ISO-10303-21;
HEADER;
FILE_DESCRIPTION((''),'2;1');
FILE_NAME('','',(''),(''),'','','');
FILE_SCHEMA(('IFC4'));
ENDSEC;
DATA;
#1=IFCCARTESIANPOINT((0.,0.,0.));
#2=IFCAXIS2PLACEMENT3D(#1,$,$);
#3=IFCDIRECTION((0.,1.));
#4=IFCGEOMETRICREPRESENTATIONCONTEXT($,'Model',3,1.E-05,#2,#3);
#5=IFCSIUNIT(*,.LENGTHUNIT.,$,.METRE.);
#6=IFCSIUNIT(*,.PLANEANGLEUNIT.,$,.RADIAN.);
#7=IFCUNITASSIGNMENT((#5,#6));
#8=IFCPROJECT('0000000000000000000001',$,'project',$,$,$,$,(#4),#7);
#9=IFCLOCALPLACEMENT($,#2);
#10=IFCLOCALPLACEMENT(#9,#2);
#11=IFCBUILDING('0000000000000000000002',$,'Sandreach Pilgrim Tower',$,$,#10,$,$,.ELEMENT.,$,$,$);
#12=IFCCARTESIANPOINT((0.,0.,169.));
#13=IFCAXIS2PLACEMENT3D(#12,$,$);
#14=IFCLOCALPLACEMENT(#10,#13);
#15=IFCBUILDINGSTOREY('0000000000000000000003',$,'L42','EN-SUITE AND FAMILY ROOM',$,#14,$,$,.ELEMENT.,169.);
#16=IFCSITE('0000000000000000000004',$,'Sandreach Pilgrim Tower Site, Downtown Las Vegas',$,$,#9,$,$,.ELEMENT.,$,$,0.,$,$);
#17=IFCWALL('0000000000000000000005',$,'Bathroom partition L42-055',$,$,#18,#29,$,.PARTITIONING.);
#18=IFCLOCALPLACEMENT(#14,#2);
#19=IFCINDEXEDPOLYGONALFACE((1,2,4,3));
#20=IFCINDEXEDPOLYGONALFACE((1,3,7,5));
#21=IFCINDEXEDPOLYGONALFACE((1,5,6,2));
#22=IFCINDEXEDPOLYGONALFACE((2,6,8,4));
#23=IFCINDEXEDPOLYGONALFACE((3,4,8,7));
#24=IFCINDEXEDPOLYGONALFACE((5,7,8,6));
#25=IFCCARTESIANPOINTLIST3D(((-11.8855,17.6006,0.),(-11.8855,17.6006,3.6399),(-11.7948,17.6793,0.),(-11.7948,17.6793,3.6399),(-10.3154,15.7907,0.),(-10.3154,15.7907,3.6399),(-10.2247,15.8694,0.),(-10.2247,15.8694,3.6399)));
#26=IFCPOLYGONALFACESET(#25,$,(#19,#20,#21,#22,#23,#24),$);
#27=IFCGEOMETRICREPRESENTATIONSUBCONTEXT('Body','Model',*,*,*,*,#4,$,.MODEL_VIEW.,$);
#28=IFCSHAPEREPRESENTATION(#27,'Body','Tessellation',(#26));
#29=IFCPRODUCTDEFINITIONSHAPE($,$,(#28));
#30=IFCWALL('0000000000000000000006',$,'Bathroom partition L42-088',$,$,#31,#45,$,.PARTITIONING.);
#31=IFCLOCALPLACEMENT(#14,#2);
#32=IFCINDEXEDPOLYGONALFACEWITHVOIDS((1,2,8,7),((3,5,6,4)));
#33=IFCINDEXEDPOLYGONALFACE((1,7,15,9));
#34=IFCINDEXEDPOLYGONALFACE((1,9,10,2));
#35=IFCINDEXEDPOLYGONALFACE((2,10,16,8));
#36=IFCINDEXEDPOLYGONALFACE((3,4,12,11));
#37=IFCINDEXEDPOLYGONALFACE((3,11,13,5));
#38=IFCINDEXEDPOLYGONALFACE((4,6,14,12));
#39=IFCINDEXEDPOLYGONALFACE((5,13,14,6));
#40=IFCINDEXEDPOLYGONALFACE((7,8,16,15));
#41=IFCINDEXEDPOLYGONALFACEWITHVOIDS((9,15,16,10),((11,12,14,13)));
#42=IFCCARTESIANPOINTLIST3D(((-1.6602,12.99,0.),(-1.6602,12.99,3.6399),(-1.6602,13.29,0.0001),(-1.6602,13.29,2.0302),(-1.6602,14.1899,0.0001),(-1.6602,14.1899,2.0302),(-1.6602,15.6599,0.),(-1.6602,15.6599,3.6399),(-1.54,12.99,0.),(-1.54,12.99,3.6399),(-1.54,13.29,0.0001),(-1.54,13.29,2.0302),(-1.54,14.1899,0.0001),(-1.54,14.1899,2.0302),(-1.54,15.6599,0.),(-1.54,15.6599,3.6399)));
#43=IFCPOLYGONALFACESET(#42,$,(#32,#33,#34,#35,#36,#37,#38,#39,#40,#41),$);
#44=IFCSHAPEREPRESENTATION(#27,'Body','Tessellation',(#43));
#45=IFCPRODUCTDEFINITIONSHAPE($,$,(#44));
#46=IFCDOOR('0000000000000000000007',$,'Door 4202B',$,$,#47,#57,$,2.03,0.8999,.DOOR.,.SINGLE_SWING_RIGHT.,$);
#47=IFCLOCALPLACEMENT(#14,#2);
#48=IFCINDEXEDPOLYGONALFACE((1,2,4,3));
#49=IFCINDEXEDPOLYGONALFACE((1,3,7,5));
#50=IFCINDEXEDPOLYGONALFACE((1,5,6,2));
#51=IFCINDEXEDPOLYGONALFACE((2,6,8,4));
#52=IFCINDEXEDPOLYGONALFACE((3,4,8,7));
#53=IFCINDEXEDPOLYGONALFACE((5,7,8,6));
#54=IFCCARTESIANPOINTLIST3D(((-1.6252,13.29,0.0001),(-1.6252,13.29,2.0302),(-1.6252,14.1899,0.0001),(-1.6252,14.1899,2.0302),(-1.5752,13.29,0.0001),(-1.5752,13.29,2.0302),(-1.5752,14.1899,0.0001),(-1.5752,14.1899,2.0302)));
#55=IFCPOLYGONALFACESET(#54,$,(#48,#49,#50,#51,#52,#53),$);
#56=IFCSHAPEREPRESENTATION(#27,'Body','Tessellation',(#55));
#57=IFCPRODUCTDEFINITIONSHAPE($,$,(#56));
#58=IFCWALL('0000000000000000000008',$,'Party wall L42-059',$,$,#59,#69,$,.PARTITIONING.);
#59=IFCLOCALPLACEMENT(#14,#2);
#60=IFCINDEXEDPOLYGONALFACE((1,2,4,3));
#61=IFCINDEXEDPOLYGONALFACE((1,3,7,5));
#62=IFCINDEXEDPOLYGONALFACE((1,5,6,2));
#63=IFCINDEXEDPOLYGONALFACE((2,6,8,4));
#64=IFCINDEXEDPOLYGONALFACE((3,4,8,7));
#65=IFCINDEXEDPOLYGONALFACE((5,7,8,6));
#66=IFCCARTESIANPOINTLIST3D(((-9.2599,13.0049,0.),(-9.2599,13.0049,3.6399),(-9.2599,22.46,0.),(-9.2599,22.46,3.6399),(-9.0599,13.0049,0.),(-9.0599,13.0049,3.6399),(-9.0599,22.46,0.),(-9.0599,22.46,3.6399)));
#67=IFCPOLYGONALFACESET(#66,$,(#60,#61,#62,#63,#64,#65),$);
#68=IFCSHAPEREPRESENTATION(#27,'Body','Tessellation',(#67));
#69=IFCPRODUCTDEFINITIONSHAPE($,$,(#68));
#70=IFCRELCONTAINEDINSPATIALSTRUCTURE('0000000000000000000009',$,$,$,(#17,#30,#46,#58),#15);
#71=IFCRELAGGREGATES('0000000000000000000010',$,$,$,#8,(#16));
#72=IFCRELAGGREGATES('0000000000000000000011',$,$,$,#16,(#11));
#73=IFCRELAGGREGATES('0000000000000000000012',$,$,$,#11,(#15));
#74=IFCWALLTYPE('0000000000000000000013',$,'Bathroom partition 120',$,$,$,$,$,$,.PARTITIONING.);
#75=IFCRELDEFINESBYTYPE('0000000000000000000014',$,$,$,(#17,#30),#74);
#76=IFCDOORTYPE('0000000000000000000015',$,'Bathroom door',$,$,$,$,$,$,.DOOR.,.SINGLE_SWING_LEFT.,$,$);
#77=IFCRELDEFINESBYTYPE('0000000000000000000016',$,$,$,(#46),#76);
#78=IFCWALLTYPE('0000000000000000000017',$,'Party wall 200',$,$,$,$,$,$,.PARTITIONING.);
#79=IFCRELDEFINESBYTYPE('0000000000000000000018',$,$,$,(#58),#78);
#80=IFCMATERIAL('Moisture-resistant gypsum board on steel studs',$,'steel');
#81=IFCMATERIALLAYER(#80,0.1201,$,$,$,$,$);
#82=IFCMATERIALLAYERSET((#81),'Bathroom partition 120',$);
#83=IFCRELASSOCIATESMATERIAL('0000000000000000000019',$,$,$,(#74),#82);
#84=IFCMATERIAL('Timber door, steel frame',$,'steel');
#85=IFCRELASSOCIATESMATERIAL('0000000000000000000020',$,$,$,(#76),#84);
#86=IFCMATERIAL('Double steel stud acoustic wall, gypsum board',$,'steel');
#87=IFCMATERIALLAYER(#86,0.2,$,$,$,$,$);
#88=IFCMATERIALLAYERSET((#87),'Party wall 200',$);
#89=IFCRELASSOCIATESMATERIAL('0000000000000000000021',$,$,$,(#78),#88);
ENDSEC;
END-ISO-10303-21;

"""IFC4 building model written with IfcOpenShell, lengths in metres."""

from ifc_helpers import new_model, si_unit, direction, frame, frame_2d, origin, place, context, subcontext, project, spatial, rectangle, extrude, material, layer, layer_set, type_object, element, fill, save


model = new_model("IFC4")

# Units and contexts
model_context = context("Model", 3, precision=1e-05, world=origin(), true_north=direction((0.0, 1.0)))
body_context = subcontext(model_context, "Body", "Model", "MODEL_VIEW")
ifc_project = project(units=[si_unit("LENGTHUNIT", "METRE"), si_unit("PLANEANGLEUNIT", "RADIAN")], contexts=[model_context])

# Site, building, storey
site_placement = place(None, origin())
site = spatial("IfcSite", under=ifc_project, at=site_placement, Name="Sandreach Pilgrim Tower Site, Downtown Las Vegas", CompositionType="ELEMENT", RefElevation=0.0)
building_placement = place(site_placement, origin())
building = spatial("IfcBuilding", under=site, at=building_placement, Name="Sandreach Pilgrim Tower", CompositionType="ELEMENT")
storey_placement = place(building_placement, frame((0.0, 0.0, 169.0)))
storey = spatial("IfcBuildingStorey", under=building, at=storey_placement, Name="L42", Description="EN-SUITE AND FAMILY ROOM", CompositionType="ELEMENT", Elevation=169.0)

# Shared definitions
ifc_material_1 = material(Name="Moisture-resistant gypsum board on steel studs", Category="steel")
ifc_layer_1 = layer(ifc_material_1, 0.1201)
ifc_layer_set_1 = layer_set([ifc_layer_1], Name="Bathroom partition 120")
wall_type_1 = type_object("IfcWallType", Name="Bathroom partition 120", PredefinedType="PARTITIONING", material=ifc_layer_set_1)
ifc_material_2 = material(Name="Timber door, steel frame", Category="steel")
door_type = type_object("IfcDoorType", Name="Bathroom door", OperationType="SINGLE_SWING_LEFT", PredefinedType="DOOR", material=ifc_material_2)

# Wall
wall_1_placement = place(storey_placement, frame((-10.27, 15.8301, 0.0), z_axis=(0.0, 0.0, 1.0), x_axis=(-0.655303, 0.755366, 0.0)))
element("IfcWall", 1, at=wall_1_placement, inside=storey, type_object=wall_type_1, Name="Bathroom partition L42-055", PredefinedType="PARTITIONING", context=body_context, shape_type="SweptSolid", body=[
    extrude(rectangle(XDim=2.396, YDim=0.1201, at=frame_2d((1.198, 0.0))), origin(), (0.0, 0.0, 1.0), 3.6399),
])

# Wall, opening, door
wall_2_placement = place(storey_placement, frame((-1.6001, 15.6599, 0.0), z_axis=(0.0, 0.0, 1.0), x_axis=(0.0, -1.0, 0.0)))
wall_2 = element("IfcWall", 2, at=wall_2_placement, inside=storey, type_object=wall_type_1, Name="Bathroom partition L42-088", PredefinedType="PARTITIONING", context=body_context, shape_type="SweptSolid", body=[
    extrude(rectangle(XDim=2.6699, YDim=0.1201, at=frame_2d((1.335, 0.0))), origin(), (0.0, 0.0, 1.0), 3.6399),
])
opening_1_placement = place(wall_2_placement, frame((1.47, 0.0, 0.0)))
opening_1 = element("IfcOpeningElement", 3, at=opening_1_placement, cuts=wall_2, PredefinedType="OPENING", context=body_context, shape_type="SweptSolid", body=[
    extrude(rectangle(XDim=0.8999, YDim=2.03, at=frame_2d((0.45, 1.0151))), frame((0.0, 0.0601, 0.0), z_axis=(0.0, -1.0, 0.0), x_axis=(1.0, 0.0, 0.0)), (0.0, 0.0, 1.0), 0.1201),
])
door_1_placement = place(opening_1_placement, origin())
door_1 = element("IfcDoor", 4, at=door_1_placement, inside=storey, type_object=door_type, Name="Door 4202B", OperationType="SINGLE_SWING_RIGHT", OverallHeight=2.03, OverallWidth=0.8999, PredefinedType="DOOR", context=body_context, shape_type="SweptSolid", body=[
    extrude(rectangle(XDim=0.8999, YDim=2.03, at=frame_2d((0.45, 1.0151))), frame((0.0, 0.0249, 0.0), z_axis=(0.0, -1.0, 0.0), x_axis=(1.0, 0.0, 0.0)), (0.0, 0.0, 1.0), 0.05),
])
fill(opening_1, door_1)

# Wall
ifc_material_3 = material(Name="Double steel stud acoustic wall, gypsum board", Category="steel")
ifc_layer_2 = layer(ifc_material_3, 0.2)
ifc_layer_set_2 = layer_set([ifc_layer_2], Name="Party wall 200")
wall_type_2 = type_object("IfcWallType", Name="Party wall 200", PredefinedType="PARTITIONING", material=ifc_layer_set_2)
wall_3_placement = place(storey_placement, frame((-9.1599, 22.46, 0.0), z_axis=(0.0, 0.0, 1.0), x_axis=(0.0, -1.0, 0.0)))
element("IfcWall", 5, at=wall_3_placement, inside=storey, type_object=wall_type_2, Name="Party wall L42-059", PredefinedType="PARTITIONING", context=body_context, shape_type="SweptSolid", body=[
    extrude(rectangle(XDim=9.4551, YDim=0.2, at=frame_2d((4.7275, 0.0))), origin(), (0.0, 0.0, 1.0), 3.6399),
])

save(model, "model.ifc")
